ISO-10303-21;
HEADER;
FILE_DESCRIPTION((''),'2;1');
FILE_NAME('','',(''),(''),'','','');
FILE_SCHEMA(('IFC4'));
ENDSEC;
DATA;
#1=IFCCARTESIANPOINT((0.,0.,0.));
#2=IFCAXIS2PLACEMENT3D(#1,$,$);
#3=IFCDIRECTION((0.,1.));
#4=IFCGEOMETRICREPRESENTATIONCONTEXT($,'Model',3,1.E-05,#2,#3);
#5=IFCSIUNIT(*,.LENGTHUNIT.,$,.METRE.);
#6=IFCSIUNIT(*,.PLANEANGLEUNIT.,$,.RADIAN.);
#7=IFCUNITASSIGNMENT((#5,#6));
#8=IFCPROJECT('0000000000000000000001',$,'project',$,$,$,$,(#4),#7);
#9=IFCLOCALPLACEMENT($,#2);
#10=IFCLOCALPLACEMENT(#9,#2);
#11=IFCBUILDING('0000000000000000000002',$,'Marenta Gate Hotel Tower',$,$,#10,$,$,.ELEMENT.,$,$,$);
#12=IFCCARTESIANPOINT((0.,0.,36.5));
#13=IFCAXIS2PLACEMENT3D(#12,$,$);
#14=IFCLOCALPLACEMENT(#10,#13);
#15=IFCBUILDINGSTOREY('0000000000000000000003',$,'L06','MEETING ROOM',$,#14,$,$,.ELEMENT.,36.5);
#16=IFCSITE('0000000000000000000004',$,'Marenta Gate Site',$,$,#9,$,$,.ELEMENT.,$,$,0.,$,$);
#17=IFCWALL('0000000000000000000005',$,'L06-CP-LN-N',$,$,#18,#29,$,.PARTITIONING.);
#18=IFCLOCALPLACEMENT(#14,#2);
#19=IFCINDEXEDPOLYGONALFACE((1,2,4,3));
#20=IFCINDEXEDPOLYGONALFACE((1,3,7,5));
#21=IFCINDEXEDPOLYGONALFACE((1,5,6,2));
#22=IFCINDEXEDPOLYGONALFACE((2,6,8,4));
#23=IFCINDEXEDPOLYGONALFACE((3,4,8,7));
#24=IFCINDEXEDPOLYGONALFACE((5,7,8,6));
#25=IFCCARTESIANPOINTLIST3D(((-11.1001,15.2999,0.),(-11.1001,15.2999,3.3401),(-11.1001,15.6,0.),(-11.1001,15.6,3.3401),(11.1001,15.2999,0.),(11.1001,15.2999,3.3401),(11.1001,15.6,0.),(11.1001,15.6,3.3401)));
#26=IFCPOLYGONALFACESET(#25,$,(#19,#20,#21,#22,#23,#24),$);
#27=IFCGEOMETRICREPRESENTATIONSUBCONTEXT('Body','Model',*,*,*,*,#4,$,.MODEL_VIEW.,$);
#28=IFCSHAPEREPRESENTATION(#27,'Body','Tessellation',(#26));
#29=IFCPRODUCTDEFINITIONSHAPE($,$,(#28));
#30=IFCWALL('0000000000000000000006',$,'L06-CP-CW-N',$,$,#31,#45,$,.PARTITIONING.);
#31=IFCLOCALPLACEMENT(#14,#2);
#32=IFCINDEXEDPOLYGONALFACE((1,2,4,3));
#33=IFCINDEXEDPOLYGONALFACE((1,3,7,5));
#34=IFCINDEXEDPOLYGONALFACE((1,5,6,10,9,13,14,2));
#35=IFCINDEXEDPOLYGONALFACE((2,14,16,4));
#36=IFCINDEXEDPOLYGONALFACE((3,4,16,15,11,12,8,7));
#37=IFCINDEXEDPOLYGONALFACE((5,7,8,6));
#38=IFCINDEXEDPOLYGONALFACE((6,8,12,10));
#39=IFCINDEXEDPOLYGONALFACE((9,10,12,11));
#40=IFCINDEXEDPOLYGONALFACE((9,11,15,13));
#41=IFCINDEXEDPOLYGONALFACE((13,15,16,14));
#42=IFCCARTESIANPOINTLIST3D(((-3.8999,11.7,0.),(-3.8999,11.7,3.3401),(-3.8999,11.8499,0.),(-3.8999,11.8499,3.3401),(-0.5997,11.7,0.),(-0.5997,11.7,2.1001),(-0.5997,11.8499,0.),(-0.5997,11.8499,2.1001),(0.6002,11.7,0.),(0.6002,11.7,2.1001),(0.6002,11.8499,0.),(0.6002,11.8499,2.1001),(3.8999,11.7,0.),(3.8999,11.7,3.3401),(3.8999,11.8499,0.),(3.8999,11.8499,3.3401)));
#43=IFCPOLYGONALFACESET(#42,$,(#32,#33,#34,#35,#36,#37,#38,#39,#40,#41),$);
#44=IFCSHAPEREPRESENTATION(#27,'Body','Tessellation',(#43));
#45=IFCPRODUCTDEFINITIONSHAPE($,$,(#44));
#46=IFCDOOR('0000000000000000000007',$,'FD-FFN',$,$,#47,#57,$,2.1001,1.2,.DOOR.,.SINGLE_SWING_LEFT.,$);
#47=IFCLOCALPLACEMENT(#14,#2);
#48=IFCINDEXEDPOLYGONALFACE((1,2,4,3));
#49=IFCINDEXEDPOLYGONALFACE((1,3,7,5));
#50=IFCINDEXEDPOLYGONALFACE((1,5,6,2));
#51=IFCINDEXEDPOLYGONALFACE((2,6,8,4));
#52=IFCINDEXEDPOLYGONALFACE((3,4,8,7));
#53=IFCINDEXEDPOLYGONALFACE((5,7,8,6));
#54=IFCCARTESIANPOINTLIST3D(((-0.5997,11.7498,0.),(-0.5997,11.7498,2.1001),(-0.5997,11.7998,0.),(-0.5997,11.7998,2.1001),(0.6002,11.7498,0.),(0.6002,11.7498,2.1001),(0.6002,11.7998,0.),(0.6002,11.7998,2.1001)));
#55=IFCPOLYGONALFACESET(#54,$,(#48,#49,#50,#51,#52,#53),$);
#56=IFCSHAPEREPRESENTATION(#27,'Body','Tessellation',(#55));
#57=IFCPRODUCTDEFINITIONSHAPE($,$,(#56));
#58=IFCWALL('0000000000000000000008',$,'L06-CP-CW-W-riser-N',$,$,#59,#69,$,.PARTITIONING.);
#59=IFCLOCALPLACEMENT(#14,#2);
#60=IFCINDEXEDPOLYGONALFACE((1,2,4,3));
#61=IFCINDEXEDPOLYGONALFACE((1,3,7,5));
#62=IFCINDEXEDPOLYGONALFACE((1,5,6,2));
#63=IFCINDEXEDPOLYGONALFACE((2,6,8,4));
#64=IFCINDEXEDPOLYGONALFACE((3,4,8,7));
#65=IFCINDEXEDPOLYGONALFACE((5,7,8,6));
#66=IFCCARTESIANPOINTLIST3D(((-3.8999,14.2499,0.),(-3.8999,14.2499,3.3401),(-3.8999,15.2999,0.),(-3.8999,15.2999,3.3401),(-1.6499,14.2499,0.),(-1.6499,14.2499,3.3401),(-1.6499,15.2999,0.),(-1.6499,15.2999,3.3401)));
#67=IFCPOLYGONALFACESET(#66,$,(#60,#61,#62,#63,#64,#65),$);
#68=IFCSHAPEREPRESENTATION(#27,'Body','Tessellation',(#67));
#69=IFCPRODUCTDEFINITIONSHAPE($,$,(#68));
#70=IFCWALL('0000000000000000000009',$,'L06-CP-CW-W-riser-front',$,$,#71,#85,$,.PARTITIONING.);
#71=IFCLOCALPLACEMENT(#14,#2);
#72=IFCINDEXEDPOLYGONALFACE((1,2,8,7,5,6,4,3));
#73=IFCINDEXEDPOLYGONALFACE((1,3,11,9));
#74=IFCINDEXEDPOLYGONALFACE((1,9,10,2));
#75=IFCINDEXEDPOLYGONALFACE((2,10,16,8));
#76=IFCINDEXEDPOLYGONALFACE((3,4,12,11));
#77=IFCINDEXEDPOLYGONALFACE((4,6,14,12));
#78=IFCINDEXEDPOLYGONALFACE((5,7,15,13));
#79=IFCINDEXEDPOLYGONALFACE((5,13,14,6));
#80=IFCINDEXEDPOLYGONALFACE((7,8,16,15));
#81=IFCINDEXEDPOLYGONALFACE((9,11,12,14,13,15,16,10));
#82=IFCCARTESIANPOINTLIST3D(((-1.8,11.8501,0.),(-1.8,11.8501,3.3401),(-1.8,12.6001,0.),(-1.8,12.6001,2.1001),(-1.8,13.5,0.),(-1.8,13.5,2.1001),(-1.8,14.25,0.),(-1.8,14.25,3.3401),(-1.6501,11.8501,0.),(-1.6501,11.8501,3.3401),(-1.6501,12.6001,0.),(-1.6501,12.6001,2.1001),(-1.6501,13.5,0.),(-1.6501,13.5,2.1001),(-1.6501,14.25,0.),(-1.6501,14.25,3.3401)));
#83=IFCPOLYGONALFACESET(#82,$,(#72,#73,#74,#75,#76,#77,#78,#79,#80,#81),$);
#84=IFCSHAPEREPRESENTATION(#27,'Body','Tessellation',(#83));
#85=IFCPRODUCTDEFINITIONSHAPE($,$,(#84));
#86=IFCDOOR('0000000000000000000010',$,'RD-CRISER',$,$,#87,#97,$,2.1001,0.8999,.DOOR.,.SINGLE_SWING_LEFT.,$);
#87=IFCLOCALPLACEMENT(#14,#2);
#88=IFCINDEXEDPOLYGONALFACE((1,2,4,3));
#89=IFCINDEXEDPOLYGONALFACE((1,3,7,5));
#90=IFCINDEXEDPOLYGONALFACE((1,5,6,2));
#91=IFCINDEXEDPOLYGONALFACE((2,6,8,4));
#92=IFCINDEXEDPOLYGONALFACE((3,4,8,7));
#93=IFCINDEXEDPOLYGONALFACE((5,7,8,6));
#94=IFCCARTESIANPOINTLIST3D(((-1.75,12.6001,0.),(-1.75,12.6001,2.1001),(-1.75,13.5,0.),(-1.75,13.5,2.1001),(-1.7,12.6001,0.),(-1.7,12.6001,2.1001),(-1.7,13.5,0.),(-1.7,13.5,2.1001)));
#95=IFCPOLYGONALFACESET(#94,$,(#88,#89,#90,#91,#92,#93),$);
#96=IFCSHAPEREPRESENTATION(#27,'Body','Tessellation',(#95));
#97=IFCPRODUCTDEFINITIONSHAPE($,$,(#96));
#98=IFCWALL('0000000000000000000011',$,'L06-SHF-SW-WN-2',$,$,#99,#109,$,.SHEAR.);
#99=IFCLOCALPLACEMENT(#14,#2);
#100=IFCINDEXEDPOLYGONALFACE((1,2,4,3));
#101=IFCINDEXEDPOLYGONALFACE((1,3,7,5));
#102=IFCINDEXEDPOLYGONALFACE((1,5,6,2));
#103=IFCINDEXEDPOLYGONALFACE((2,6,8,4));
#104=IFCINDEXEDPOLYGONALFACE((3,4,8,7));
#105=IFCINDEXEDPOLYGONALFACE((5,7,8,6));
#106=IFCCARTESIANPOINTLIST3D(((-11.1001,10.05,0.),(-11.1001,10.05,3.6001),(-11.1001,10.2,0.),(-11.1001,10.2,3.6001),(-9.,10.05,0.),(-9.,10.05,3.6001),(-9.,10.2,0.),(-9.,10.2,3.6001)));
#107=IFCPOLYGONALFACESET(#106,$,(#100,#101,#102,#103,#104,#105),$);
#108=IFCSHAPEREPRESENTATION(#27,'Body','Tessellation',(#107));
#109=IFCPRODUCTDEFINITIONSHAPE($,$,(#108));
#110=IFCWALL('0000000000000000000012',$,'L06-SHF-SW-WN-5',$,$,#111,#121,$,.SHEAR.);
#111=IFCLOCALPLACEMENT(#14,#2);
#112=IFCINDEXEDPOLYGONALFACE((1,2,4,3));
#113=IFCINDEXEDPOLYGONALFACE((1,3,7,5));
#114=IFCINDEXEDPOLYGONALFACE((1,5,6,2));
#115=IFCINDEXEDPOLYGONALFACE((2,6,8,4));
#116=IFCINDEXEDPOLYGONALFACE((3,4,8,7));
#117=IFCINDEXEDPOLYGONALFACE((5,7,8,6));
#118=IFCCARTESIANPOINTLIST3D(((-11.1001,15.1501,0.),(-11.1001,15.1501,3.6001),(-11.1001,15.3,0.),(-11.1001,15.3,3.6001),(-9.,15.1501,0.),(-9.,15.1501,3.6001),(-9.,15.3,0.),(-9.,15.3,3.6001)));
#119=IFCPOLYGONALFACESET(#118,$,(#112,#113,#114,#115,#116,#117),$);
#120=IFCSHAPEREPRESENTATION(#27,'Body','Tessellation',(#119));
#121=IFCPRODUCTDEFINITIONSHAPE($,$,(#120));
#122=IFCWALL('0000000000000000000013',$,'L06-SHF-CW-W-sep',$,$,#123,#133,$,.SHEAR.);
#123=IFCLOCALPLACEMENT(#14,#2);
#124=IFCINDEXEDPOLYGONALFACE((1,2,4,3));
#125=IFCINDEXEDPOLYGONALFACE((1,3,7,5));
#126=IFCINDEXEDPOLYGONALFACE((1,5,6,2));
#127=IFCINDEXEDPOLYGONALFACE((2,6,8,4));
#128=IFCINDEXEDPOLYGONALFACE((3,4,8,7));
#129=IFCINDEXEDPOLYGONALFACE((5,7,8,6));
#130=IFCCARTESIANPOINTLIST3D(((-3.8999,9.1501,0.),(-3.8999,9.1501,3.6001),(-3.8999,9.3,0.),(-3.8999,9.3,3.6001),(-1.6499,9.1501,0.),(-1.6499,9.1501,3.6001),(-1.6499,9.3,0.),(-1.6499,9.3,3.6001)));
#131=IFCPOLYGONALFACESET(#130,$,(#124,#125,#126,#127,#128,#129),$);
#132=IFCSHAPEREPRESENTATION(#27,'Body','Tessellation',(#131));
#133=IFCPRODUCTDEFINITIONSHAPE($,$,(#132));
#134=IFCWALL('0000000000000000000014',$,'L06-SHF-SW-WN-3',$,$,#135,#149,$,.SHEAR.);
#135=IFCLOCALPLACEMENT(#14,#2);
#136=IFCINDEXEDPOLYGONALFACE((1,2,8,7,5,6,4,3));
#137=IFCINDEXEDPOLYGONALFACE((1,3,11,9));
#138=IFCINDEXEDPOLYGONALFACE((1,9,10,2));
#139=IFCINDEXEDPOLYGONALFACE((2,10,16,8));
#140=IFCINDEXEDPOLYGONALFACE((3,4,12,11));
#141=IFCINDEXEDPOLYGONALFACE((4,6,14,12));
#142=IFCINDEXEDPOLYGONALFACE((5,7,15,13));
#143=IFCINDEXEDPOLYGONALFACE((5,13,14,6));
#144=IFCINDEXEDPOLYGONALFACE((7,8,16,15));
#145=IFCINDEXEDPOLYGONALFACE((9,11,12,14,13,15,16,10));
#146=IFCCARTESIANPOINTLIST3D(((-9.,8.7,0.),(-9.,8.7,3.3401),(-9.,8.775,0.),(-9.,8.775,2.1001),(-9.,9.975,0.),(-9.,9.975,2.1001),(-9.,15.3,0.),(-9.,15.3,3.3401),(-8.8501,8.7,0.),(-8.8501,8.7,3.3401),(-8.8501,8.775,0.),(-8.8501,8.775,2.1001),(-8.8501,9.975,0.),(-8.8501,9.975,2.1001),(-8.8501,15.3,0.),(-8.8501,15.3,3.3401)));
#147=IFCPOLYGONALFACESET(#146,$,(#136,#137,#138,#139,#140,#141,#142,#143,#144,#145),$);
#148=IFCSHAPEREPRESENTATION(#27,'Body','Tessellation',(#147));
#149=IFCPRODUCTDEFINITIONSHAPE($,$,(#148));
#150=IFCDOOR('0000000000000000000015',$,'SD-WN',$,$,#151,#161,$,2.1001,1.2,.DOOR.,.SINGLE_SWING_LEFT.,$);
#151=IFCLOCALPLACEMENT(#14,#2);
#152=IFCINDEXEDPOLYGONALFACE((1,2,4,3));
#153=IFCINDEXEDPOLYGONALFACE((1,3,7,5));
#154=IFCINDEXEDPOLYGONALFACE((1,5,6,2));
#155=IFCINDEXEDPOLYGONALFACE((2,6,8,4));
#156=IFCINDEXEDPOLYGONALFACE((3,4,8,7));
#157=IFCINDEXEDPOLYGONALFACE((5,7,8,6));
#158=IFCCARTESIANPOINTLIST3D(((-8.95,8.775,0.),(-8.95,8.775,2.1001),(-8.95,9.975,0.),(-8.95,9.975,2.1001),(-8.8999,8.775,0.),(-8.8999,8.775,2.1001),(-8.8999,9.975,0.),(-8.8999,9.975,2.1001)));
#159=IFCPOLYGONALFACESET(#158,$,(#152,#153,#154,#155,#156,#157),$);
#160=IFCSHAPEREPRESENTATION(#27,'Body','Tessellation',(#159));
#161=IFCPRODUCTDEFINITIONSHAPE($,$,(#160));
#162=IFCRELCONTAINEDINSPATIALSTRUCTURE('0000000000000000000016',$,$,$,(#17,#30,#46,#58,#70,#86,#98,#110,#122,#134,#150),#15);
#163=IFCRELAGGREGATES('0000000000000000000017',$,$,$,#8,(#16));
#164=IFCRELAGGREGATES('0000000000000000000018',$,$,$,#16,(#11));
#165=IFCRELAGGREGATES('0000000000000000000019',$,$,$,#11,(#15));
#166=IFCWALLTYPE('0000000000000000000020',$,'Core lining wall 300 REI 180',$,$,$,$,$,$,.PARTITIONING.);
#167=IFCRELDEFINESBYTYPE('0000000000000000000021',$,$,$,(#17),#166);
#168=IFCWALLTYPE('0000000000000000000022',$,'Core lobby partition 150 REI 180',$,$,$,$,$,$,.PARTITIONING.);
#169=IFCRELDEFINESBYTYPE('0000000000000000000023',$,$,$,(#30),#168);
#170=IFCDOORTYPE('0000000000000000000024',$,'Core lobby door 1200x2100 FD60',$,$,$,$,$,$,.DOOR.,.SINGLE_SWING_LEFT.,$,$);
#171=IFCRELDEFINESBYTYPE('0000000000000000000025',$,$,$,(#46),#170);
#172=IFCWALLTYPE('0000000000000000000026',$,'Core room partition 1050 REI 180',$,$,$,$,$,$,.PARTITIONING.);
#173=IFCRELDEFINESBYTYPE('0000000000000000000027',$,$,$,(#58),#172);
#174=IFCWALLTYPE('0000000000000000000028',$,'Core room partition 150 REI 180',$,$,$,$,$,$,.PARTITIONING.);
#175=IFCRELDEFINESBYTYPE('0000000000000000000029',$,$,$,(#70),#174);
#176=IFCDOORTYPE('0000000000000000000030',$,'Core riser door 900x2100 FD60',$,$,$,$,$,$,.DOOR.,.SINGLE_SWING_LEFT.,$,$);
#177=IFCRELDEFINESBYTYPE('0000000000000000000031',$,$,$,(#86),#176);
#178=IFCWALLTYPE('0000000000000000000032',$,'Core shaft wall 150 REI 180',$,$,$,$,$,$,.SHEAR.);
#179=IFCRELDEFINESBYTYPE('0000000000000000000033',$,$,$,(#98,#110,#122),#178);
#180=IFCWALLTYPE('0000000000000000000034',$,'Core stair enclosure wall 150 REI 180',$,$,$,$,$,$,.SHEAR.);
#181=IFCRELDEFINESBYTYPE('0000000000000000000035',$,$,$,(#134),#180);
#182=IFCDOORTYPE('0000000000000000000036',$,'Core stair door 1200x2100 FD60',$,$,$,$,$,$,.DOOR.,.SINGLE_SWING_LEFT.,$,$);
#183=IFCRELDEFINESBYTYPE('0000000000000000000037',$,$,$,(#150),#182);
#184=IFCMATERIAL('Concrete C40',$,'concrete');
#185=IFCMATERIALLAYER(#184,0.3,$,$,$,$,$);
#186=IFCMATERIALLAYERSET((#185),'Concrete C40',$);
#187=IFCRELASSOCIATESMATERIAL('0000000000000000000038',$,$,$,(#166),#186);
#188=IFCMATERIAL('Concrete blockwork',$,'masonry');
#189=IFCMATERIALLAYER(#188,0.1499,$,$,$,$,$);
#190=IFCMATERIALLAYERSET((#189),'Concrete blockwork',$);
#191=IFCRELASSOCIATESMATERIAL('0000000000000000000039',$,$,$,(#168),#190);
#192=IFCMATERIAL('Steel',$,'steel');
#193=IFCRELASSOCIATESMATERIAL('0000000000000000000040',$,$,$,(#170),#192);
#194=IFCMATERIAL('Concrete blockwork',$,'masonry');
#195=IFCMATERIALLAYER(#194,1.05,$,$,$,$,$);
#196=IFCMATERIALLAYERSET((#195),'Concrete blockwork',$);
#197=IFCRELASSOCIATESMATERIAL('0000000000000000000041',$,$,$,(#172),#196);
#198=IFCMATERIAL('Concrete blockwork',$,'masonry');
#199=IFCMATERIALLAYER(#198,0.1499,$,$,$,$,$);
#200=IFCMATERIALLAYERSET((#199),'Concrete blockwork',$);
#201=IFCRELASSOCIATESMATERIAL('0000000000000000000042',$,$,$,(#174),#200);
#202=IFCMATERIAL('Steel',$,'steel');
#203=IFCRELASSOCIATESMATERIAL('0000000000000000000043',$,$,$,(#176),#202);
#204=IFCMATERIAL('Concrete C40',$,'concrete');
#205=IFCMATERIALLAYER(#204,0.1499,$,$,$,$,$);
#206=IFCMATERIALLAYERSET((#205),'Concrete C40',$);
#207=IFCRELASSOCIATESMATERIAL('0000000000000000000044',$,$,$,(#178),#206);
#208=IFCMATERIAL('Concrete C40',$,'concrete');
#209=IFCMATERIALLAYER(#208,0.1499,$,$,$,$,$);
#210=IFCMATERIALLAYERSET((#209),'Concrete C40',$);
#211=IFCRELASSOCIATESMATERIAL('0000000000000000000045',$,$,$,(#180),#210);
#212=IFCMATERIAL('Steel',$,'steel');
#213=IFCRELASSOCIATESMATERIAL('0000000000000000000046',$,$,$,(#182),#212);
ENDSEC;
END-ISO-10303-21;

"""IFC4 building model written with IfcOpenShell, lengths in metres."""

from ifc_helpers import new_model, si_unit, direction, frame, frame_2d, origin, place, context, subcontext, project, spatial, rectangle, extrude, material, layer, layer_set, type_object, element, fill, save


model = new_model("IFC4")

# Units and contexts
model_context = context("Model", 3, precision=1e-05, world=origin(), true_north=direction((0.0, 1.0)))
body_context = subcontext(model_context, "Body", "Model", "MODEL_VIEW")
ifc_project = project(units=[si_unit("LENGTHUNIT", "METRE"), si_unit("PLANEANGLEUNIT", "RADIAN")], contexts=[model_context])

# Site, building, storey
site_placement = place(None, origin())
site = spatial("IfcSite", under=ifc_project, at=site_placement, Name="Marenta Gate Site", CompositionType="ELEMENT", RefElevation=0.0)
building_placement = place(site_placement, origin())
building = spatial("IfcBuilding", under=site, at=building_placement, Name="Marenta Gate Hotel Tower", CompositionType="ELEMENT")
storey_placement = place(building_placement, frame((0.0, 0.0, 36.5)))
storey = spatial("IfcBuildingStorey", under=building, at=storey_placement, Name="L06", Description="MEETING ROOM", CompositionType="ELEMENT", Elevation=36.5)

# Wall
ifc_material_1 = material(Name="Concrete C40", Category="concrete")
ifc_layer_1 = layer(ifc_material_1, 0.3)
ifc_layer_set_1 = layer_set([ifc_layer_1], Name="Concrete C40")
wall_type_1 = type_object("IfcWallType", Name="Core lining wall 300 REI 180", PredefinedType="PARTITIONING", material=ifc_layer_set_1)
wall_1_placement = place(storey_placement, frame((-11.1001, 15.45, 0.0), z_axis=(0.0, 0.0, 1.0), x_axis=(1.0, 0.0, 0.0)))
element("IfcWall", 1, at=wall_1_placement, inside=storey, type_object=wall_type_1, Name="L06-CP-LN-N", PredefinedType="PARTITIONING", context=body_context, shape_type="SweptSolid", body=[
    extrude(rectangle(XDim=22.2002, YDim=0.3, at=frame_2d((11.1001, 0.0))), origin(), (0.0, 0.0, 1.0), 3.3401),
])

# Wall, opening, door
ifc_material_2 = material(Name="Concrete blockwork", Category="masonry")
ifc_layer_2 = layer(ifc_material_2, 0.1499)
ifc_layer_set_2 = layer_set([ifc_layer_2], Name="Concrete blockwork")
wall_type_2 = type_object("IfcWallType", Name="Core lobby partition 150 REI 180", PredefinedType="PARTITIONING", material=ifc_layer_set_2)
wall_2_placement = place(storey_placement, frame((-3.8999, 11.7749, 0.0), z_axis=(0.0, 0.0, 1.0), x_axis=(1.0, 0.0, 0.0)))
wall_2 = element("IfcWall", 2, at=wall_2_placement, inside=storey, type_object=wall_type_2, Name="L06-CP-CW-N", PredefinedType="PARTITIONING", context=body_context, shape_type="SweptSolid", body=[
    extrude(rectangle(XDim=7.7998, YDim=0.1499, at=frame_2d((3.8999, 0.0))), origin(), (0.0, 0.0, 1.0), 3.3401),
])
opening_1_placement = place(wall_2_placement, frame((3.3, 0.0, 0.0)))
opening_1 = element("IfcOpeningElement", 3, at=opening_1_placement, cuts=wall_2, PredefinedType="OPENING", context=body_context, shape_type="SweptSolid", body=[
    extrude(rectangle(XDim=1.2, YDim=2.1001, at=frame_2d((0.6001, 1.05))), frame((0.0, 0.075, 0.0), z_axis=(0.0, -1.0, 0.0), x_axis=(1.0, 0.0, 0.0)), (0.0, 0.0, 1.0), 0.1499),
])
ifc_material_3 = material(Name="Steel", Category="steel")
door_type_1 = type_object("IfcDoorType", Name="Core lobby door 1200x2100 FD60", OperationType="SINGLE_SWING_LEFT", PredefinedType="DOOR", material=ifc_material_3)
door_1_placement = place(opening_1_placement, origin())
door_1 = element("IfcDoor", 4, at=door_1_placement, inside=storey, type_object=door_type_1, Name="FD-FFN", OperationType="SINGLE_SWING_LEFT", OverallHeight=2.1001, OverallWidth=1.2, PredefinedType="DOOR", context=body_context, shape_type="SweptSolid", body=[
    extrude(rectangle(XDim=1.2, YDim=2.1001, at=frame_2d((0.6001, 1.05))), frame((0.0, 0.0249, 0.0), z_axis=(0.0, -1.0, 0.0), x_axis=(1.0, 0.0, 0.0)), (0.0, 0.0, 1.0), 0.05),
])
fill(opening_1, door_1)

# Wall
ifc_material_4 = material(Name="Concrete blockwork", Category="masonry")
ifc_layer_3 = layer(ifc_material_4, 1.05)
ifc_layer_set_3 = layer_set([ifc_layer_3], Name="Concrete blockwork")
wall_type_3 = type_object("IfcWallType", Name="Core room partition 1050 REI 180", PredefinedType="PARTITIONING", material=ifc_layer_set_3)
wall_3_placement = place(storey_placement, frame((-3.8999, 14.7749, 0.0), z_axis=(0.0, 0.0, 1.0), x_axis=(1.0, 0.0, 0.0)))
element("IfcWall", 5, at=wall_3_placement, inside=storey, type_object=wall_type_3, Name="L06-CP-CW-W-riser-N", PredefinedType="PARTITIONING", context=body_context, shape_type="SweptSolid", body=[
    extrude(rectangle(XDim=2.25, YDim=1.05, at=frame_2d((1.125, 0.0))), origin(), (0.0, 0.0, 1.0), 3.3401),
])

# Wall, opening, door
ifc_material_5 = material(Name="Concrete blockwork", Category="masonry")
ifc_layer_4 = layer(ifc_material_5, 0.1499)
ifc_layer_set_4 = layer_set([ifc_layer_4], Name="Concrete blockwork")
wall_type_4 = type_object("IfcWallType", Name="Core room partition 150 REI 180", PredefinedType="PARTITIONING", material=ifc_layer_set_4)
wall_4_placement = place(storey_placement, frame((-1.7251, 11.8501, 0.0), z_axis=(0.0, 0.0, 1.0), x_axis=(0.0, 1.0, 0.0)))
wall_4 = element("IfcWall", 6, at=wall_4_placement, inside=storey, type_object=wall_type_4, Name="L06-CP-CW-W-riser-front", PredefinedType="PARTITIONING", context=body_context, shape_type="SweptSolid", body=[
    extrude(rectangle(XDim=2.3999, YDim=0.1499, at=frame_2d((1.2, 0.0))), origin(), (0.0, 0.0, 1.0), 3.3401),
])
opening_2_placement = place(wall_4_placement, frame((0.75, 0.0, 0.0)))
opening_2 = element("IfcOpeningElement", 7, at=opening_2_placement, cuts=wall_4, PredefinedType="OPENING", context=body_context, shape_type="SweptSolid", body=[
    extrude(rectangle(XDim=0.8999, YDim=2.1001, at=frame_2d((0.45, 1.05))), frame((0.0, 0.075, 0.0), z_axis=(0.0, -1.0, 0.0), x_axis=(1.0, 0.0, 0.0)), (0.0, 0.0, 1.0), 0.1499),
])
ifc_material_6 = material(Name="Steel", Category="steel")
door_type_2 = type_object("IfcDoorType", Name="Core riser door 900x2100 FD60", OperationType="SINGLE_SWING_LEFT", PredefinedType="DOOR", material=ifc_material_6)
door_2_placement = place(opening_2_placement, origin())
door_2 = element("IfcDoor", 8, at=door_2_placement, inside=storey, type_object=door_type_2, Name="RD-CRISER", OperationType="SINGLE_SWING_LEFT", OverallHeight=2.1001, OverallWidth=0.8999, PredefinedType="DOOR", context=body_context, shape_type="SweptSolid", body=[
    extrude(rectangle(XDim=0.8999, YDim=2.1001, at=frame_2d((0.45, 1.05))), frame((0.0, 0.0249, 0.0), z_axis=(0.0, -1.0, 0.0), x_axis=(1.0, 0.0, 0.0)), (0.0, 0.0, 1.0), 0.05),
])
fill(opening_2, door_2)

# Walls
ifc_material_7 = material(Name="Concrete C40", Category="concrete")
ifc_layer_5 = layer(ifc_material_7, 0.1499)
ifc_layer_set_5 = layer_set([ifc_layer_5], Name="Concrete C40")
wall_type_5 = type_object("IfcWallType", Name="Core shaft wall 150 REI 180", PredefinedType="SHEAR", material=ifc_layer_set_5)
for number, where, z_axis, x_axis, name in (
    (9, (-11.1001, 10.125, 0.0), (0.0, 0.0, 1.0), (1.0, 0.0, 0.0), "L06-SHF-SW-WN-2"),
    (10, (-11.1001, 15.2251, 0.0), (0.0, 0.0, 1.0), (1.0, 0.0, 0.0), "L06-SHF-SW-WN-5"),
):
    element("IfcWall", number, at=place(storey_placement, frame(where, z_axis=z_axis, x_axis=x_axis)), inside=storey, type_object=wall_type_5, Name=name, PredefinedType="SHEAR", context=body_context, shape_type="SweptSolid", body=[
        extrude(rectangle(XDim=2.1001, YDim=0.1499, at=frame_2d((1.05, 0.0))), origin(), (0.0, 0.0, 1.0), 3.6001),
    ])
wall_5_placement = place(storey_placement, frame((-3.8999, 9.2251, 0.0), z_axis=(0.0, 0.0, 1.0), x_axis=(1.0, 0.0, 0.0)))
element("IfcWall", 11, at=wall_5_placement, inside=storey, type_object=wall_type_5, Name="L06-SHF-CW-W-sep", PredefinedType="SHEAR", context=body_context, shape_type="SweptSolid", body=[
    extrude(rectangle(XDim=2.25, YDim=0.1499, at=frame_2d((1.125, 0.0))), origin(), (0.0, 0.0, 1.0), 3.6001),
])

# Wall, opening, door
ifc_material_8 = material(Name="Concrete C40", Category="concrete")
ifc_layer_6 = layer(ifc_material_8, 0.1499)
ifc_layer_set_6 = layer_set([ifc_layer_6], Name="Concrete C40")
wall_type_6 = type_object("IfcWallType", Name="Core stair enclosure wall 150 REI 180", PredefinedType="SHEAR", material=ifc_layer_set_6)
wall_6_placement = place(storey_placement, frame((-8.925, 8.7, 0.0), z_axis=(0.0, 0.0, 1.0), x_axis=(0.0, 1.0, 0.0)))
wall_6 = element("IfcWall", 12, at=wall_6_placement, inside=storey, type_object=wall_type_6, Name="L06-SHF-SW-WN-3", PredefinedType="SHEAR", context=body_context, shape_type="SweptSolid", body=[
    extrude(rectangle(XDim=6.6001, YDim=0.1499, at=frame_2d((3.3, 0.0))), origin(), (0.0, 0.0, 1.0), 3.3401),
])
opening_3_placement = place(wall_6_placement, frame((0.075, 0.0, 0.0)))
opening_3 = element("IfcOpeningElement", 13, at=opening_3_placement, cuts=wall_6, PredefinedType="OPENING", context=body_context, shape_type="SweptSolid", body=[
    extrude(rectangle(XDim=1.2, YDim=2.1001, at=frame_2d((0.6001, 1.05))), frame((0.0, 0.075, 0.0), z_axis=(0.0, -1.0, 0.0), x_axis=(1.0, 0.0, 0.0)), (0.0, 0.0, 1.0), 0.1499),
])
ifc_material_9 = material(Name="Steel", Category="steel")
door_type_3 = type_object("IfcDoorType", Name="Core stair door 1200x2100 FD60", OperationType="SINGLE_SWING_LEFT", PredefinedType="DOOR", material=ifc_material_9)
door_3_placement = place(opening_3_placement, origin())
door_3 = element("IfcDoor", 14, at=door_3_placement, inside=storey, type_object=door_type_3, Name="SD-WN", OperationType="SINGLE_SWING_LEFT", OverallHeight=2.1001, OverallWidth=1.2, PredefinedType="DOOR", context=body_context, shape_type="SweptSolid", body=[
    extrude(rectangle(XDim=1.2, YDim=2.1001, at=frame_2d((0.6001, 1.05))), frame((0.0, 0.0249, 0.0), z_axis=(0.0, -1.0, 0.0), x_axis=(1.0, 0.0, 0.0)), (0.0, 0.0, 1.0), 0.05),
])
fill(opening_3, door_3)

save(model, "model.ifc")
